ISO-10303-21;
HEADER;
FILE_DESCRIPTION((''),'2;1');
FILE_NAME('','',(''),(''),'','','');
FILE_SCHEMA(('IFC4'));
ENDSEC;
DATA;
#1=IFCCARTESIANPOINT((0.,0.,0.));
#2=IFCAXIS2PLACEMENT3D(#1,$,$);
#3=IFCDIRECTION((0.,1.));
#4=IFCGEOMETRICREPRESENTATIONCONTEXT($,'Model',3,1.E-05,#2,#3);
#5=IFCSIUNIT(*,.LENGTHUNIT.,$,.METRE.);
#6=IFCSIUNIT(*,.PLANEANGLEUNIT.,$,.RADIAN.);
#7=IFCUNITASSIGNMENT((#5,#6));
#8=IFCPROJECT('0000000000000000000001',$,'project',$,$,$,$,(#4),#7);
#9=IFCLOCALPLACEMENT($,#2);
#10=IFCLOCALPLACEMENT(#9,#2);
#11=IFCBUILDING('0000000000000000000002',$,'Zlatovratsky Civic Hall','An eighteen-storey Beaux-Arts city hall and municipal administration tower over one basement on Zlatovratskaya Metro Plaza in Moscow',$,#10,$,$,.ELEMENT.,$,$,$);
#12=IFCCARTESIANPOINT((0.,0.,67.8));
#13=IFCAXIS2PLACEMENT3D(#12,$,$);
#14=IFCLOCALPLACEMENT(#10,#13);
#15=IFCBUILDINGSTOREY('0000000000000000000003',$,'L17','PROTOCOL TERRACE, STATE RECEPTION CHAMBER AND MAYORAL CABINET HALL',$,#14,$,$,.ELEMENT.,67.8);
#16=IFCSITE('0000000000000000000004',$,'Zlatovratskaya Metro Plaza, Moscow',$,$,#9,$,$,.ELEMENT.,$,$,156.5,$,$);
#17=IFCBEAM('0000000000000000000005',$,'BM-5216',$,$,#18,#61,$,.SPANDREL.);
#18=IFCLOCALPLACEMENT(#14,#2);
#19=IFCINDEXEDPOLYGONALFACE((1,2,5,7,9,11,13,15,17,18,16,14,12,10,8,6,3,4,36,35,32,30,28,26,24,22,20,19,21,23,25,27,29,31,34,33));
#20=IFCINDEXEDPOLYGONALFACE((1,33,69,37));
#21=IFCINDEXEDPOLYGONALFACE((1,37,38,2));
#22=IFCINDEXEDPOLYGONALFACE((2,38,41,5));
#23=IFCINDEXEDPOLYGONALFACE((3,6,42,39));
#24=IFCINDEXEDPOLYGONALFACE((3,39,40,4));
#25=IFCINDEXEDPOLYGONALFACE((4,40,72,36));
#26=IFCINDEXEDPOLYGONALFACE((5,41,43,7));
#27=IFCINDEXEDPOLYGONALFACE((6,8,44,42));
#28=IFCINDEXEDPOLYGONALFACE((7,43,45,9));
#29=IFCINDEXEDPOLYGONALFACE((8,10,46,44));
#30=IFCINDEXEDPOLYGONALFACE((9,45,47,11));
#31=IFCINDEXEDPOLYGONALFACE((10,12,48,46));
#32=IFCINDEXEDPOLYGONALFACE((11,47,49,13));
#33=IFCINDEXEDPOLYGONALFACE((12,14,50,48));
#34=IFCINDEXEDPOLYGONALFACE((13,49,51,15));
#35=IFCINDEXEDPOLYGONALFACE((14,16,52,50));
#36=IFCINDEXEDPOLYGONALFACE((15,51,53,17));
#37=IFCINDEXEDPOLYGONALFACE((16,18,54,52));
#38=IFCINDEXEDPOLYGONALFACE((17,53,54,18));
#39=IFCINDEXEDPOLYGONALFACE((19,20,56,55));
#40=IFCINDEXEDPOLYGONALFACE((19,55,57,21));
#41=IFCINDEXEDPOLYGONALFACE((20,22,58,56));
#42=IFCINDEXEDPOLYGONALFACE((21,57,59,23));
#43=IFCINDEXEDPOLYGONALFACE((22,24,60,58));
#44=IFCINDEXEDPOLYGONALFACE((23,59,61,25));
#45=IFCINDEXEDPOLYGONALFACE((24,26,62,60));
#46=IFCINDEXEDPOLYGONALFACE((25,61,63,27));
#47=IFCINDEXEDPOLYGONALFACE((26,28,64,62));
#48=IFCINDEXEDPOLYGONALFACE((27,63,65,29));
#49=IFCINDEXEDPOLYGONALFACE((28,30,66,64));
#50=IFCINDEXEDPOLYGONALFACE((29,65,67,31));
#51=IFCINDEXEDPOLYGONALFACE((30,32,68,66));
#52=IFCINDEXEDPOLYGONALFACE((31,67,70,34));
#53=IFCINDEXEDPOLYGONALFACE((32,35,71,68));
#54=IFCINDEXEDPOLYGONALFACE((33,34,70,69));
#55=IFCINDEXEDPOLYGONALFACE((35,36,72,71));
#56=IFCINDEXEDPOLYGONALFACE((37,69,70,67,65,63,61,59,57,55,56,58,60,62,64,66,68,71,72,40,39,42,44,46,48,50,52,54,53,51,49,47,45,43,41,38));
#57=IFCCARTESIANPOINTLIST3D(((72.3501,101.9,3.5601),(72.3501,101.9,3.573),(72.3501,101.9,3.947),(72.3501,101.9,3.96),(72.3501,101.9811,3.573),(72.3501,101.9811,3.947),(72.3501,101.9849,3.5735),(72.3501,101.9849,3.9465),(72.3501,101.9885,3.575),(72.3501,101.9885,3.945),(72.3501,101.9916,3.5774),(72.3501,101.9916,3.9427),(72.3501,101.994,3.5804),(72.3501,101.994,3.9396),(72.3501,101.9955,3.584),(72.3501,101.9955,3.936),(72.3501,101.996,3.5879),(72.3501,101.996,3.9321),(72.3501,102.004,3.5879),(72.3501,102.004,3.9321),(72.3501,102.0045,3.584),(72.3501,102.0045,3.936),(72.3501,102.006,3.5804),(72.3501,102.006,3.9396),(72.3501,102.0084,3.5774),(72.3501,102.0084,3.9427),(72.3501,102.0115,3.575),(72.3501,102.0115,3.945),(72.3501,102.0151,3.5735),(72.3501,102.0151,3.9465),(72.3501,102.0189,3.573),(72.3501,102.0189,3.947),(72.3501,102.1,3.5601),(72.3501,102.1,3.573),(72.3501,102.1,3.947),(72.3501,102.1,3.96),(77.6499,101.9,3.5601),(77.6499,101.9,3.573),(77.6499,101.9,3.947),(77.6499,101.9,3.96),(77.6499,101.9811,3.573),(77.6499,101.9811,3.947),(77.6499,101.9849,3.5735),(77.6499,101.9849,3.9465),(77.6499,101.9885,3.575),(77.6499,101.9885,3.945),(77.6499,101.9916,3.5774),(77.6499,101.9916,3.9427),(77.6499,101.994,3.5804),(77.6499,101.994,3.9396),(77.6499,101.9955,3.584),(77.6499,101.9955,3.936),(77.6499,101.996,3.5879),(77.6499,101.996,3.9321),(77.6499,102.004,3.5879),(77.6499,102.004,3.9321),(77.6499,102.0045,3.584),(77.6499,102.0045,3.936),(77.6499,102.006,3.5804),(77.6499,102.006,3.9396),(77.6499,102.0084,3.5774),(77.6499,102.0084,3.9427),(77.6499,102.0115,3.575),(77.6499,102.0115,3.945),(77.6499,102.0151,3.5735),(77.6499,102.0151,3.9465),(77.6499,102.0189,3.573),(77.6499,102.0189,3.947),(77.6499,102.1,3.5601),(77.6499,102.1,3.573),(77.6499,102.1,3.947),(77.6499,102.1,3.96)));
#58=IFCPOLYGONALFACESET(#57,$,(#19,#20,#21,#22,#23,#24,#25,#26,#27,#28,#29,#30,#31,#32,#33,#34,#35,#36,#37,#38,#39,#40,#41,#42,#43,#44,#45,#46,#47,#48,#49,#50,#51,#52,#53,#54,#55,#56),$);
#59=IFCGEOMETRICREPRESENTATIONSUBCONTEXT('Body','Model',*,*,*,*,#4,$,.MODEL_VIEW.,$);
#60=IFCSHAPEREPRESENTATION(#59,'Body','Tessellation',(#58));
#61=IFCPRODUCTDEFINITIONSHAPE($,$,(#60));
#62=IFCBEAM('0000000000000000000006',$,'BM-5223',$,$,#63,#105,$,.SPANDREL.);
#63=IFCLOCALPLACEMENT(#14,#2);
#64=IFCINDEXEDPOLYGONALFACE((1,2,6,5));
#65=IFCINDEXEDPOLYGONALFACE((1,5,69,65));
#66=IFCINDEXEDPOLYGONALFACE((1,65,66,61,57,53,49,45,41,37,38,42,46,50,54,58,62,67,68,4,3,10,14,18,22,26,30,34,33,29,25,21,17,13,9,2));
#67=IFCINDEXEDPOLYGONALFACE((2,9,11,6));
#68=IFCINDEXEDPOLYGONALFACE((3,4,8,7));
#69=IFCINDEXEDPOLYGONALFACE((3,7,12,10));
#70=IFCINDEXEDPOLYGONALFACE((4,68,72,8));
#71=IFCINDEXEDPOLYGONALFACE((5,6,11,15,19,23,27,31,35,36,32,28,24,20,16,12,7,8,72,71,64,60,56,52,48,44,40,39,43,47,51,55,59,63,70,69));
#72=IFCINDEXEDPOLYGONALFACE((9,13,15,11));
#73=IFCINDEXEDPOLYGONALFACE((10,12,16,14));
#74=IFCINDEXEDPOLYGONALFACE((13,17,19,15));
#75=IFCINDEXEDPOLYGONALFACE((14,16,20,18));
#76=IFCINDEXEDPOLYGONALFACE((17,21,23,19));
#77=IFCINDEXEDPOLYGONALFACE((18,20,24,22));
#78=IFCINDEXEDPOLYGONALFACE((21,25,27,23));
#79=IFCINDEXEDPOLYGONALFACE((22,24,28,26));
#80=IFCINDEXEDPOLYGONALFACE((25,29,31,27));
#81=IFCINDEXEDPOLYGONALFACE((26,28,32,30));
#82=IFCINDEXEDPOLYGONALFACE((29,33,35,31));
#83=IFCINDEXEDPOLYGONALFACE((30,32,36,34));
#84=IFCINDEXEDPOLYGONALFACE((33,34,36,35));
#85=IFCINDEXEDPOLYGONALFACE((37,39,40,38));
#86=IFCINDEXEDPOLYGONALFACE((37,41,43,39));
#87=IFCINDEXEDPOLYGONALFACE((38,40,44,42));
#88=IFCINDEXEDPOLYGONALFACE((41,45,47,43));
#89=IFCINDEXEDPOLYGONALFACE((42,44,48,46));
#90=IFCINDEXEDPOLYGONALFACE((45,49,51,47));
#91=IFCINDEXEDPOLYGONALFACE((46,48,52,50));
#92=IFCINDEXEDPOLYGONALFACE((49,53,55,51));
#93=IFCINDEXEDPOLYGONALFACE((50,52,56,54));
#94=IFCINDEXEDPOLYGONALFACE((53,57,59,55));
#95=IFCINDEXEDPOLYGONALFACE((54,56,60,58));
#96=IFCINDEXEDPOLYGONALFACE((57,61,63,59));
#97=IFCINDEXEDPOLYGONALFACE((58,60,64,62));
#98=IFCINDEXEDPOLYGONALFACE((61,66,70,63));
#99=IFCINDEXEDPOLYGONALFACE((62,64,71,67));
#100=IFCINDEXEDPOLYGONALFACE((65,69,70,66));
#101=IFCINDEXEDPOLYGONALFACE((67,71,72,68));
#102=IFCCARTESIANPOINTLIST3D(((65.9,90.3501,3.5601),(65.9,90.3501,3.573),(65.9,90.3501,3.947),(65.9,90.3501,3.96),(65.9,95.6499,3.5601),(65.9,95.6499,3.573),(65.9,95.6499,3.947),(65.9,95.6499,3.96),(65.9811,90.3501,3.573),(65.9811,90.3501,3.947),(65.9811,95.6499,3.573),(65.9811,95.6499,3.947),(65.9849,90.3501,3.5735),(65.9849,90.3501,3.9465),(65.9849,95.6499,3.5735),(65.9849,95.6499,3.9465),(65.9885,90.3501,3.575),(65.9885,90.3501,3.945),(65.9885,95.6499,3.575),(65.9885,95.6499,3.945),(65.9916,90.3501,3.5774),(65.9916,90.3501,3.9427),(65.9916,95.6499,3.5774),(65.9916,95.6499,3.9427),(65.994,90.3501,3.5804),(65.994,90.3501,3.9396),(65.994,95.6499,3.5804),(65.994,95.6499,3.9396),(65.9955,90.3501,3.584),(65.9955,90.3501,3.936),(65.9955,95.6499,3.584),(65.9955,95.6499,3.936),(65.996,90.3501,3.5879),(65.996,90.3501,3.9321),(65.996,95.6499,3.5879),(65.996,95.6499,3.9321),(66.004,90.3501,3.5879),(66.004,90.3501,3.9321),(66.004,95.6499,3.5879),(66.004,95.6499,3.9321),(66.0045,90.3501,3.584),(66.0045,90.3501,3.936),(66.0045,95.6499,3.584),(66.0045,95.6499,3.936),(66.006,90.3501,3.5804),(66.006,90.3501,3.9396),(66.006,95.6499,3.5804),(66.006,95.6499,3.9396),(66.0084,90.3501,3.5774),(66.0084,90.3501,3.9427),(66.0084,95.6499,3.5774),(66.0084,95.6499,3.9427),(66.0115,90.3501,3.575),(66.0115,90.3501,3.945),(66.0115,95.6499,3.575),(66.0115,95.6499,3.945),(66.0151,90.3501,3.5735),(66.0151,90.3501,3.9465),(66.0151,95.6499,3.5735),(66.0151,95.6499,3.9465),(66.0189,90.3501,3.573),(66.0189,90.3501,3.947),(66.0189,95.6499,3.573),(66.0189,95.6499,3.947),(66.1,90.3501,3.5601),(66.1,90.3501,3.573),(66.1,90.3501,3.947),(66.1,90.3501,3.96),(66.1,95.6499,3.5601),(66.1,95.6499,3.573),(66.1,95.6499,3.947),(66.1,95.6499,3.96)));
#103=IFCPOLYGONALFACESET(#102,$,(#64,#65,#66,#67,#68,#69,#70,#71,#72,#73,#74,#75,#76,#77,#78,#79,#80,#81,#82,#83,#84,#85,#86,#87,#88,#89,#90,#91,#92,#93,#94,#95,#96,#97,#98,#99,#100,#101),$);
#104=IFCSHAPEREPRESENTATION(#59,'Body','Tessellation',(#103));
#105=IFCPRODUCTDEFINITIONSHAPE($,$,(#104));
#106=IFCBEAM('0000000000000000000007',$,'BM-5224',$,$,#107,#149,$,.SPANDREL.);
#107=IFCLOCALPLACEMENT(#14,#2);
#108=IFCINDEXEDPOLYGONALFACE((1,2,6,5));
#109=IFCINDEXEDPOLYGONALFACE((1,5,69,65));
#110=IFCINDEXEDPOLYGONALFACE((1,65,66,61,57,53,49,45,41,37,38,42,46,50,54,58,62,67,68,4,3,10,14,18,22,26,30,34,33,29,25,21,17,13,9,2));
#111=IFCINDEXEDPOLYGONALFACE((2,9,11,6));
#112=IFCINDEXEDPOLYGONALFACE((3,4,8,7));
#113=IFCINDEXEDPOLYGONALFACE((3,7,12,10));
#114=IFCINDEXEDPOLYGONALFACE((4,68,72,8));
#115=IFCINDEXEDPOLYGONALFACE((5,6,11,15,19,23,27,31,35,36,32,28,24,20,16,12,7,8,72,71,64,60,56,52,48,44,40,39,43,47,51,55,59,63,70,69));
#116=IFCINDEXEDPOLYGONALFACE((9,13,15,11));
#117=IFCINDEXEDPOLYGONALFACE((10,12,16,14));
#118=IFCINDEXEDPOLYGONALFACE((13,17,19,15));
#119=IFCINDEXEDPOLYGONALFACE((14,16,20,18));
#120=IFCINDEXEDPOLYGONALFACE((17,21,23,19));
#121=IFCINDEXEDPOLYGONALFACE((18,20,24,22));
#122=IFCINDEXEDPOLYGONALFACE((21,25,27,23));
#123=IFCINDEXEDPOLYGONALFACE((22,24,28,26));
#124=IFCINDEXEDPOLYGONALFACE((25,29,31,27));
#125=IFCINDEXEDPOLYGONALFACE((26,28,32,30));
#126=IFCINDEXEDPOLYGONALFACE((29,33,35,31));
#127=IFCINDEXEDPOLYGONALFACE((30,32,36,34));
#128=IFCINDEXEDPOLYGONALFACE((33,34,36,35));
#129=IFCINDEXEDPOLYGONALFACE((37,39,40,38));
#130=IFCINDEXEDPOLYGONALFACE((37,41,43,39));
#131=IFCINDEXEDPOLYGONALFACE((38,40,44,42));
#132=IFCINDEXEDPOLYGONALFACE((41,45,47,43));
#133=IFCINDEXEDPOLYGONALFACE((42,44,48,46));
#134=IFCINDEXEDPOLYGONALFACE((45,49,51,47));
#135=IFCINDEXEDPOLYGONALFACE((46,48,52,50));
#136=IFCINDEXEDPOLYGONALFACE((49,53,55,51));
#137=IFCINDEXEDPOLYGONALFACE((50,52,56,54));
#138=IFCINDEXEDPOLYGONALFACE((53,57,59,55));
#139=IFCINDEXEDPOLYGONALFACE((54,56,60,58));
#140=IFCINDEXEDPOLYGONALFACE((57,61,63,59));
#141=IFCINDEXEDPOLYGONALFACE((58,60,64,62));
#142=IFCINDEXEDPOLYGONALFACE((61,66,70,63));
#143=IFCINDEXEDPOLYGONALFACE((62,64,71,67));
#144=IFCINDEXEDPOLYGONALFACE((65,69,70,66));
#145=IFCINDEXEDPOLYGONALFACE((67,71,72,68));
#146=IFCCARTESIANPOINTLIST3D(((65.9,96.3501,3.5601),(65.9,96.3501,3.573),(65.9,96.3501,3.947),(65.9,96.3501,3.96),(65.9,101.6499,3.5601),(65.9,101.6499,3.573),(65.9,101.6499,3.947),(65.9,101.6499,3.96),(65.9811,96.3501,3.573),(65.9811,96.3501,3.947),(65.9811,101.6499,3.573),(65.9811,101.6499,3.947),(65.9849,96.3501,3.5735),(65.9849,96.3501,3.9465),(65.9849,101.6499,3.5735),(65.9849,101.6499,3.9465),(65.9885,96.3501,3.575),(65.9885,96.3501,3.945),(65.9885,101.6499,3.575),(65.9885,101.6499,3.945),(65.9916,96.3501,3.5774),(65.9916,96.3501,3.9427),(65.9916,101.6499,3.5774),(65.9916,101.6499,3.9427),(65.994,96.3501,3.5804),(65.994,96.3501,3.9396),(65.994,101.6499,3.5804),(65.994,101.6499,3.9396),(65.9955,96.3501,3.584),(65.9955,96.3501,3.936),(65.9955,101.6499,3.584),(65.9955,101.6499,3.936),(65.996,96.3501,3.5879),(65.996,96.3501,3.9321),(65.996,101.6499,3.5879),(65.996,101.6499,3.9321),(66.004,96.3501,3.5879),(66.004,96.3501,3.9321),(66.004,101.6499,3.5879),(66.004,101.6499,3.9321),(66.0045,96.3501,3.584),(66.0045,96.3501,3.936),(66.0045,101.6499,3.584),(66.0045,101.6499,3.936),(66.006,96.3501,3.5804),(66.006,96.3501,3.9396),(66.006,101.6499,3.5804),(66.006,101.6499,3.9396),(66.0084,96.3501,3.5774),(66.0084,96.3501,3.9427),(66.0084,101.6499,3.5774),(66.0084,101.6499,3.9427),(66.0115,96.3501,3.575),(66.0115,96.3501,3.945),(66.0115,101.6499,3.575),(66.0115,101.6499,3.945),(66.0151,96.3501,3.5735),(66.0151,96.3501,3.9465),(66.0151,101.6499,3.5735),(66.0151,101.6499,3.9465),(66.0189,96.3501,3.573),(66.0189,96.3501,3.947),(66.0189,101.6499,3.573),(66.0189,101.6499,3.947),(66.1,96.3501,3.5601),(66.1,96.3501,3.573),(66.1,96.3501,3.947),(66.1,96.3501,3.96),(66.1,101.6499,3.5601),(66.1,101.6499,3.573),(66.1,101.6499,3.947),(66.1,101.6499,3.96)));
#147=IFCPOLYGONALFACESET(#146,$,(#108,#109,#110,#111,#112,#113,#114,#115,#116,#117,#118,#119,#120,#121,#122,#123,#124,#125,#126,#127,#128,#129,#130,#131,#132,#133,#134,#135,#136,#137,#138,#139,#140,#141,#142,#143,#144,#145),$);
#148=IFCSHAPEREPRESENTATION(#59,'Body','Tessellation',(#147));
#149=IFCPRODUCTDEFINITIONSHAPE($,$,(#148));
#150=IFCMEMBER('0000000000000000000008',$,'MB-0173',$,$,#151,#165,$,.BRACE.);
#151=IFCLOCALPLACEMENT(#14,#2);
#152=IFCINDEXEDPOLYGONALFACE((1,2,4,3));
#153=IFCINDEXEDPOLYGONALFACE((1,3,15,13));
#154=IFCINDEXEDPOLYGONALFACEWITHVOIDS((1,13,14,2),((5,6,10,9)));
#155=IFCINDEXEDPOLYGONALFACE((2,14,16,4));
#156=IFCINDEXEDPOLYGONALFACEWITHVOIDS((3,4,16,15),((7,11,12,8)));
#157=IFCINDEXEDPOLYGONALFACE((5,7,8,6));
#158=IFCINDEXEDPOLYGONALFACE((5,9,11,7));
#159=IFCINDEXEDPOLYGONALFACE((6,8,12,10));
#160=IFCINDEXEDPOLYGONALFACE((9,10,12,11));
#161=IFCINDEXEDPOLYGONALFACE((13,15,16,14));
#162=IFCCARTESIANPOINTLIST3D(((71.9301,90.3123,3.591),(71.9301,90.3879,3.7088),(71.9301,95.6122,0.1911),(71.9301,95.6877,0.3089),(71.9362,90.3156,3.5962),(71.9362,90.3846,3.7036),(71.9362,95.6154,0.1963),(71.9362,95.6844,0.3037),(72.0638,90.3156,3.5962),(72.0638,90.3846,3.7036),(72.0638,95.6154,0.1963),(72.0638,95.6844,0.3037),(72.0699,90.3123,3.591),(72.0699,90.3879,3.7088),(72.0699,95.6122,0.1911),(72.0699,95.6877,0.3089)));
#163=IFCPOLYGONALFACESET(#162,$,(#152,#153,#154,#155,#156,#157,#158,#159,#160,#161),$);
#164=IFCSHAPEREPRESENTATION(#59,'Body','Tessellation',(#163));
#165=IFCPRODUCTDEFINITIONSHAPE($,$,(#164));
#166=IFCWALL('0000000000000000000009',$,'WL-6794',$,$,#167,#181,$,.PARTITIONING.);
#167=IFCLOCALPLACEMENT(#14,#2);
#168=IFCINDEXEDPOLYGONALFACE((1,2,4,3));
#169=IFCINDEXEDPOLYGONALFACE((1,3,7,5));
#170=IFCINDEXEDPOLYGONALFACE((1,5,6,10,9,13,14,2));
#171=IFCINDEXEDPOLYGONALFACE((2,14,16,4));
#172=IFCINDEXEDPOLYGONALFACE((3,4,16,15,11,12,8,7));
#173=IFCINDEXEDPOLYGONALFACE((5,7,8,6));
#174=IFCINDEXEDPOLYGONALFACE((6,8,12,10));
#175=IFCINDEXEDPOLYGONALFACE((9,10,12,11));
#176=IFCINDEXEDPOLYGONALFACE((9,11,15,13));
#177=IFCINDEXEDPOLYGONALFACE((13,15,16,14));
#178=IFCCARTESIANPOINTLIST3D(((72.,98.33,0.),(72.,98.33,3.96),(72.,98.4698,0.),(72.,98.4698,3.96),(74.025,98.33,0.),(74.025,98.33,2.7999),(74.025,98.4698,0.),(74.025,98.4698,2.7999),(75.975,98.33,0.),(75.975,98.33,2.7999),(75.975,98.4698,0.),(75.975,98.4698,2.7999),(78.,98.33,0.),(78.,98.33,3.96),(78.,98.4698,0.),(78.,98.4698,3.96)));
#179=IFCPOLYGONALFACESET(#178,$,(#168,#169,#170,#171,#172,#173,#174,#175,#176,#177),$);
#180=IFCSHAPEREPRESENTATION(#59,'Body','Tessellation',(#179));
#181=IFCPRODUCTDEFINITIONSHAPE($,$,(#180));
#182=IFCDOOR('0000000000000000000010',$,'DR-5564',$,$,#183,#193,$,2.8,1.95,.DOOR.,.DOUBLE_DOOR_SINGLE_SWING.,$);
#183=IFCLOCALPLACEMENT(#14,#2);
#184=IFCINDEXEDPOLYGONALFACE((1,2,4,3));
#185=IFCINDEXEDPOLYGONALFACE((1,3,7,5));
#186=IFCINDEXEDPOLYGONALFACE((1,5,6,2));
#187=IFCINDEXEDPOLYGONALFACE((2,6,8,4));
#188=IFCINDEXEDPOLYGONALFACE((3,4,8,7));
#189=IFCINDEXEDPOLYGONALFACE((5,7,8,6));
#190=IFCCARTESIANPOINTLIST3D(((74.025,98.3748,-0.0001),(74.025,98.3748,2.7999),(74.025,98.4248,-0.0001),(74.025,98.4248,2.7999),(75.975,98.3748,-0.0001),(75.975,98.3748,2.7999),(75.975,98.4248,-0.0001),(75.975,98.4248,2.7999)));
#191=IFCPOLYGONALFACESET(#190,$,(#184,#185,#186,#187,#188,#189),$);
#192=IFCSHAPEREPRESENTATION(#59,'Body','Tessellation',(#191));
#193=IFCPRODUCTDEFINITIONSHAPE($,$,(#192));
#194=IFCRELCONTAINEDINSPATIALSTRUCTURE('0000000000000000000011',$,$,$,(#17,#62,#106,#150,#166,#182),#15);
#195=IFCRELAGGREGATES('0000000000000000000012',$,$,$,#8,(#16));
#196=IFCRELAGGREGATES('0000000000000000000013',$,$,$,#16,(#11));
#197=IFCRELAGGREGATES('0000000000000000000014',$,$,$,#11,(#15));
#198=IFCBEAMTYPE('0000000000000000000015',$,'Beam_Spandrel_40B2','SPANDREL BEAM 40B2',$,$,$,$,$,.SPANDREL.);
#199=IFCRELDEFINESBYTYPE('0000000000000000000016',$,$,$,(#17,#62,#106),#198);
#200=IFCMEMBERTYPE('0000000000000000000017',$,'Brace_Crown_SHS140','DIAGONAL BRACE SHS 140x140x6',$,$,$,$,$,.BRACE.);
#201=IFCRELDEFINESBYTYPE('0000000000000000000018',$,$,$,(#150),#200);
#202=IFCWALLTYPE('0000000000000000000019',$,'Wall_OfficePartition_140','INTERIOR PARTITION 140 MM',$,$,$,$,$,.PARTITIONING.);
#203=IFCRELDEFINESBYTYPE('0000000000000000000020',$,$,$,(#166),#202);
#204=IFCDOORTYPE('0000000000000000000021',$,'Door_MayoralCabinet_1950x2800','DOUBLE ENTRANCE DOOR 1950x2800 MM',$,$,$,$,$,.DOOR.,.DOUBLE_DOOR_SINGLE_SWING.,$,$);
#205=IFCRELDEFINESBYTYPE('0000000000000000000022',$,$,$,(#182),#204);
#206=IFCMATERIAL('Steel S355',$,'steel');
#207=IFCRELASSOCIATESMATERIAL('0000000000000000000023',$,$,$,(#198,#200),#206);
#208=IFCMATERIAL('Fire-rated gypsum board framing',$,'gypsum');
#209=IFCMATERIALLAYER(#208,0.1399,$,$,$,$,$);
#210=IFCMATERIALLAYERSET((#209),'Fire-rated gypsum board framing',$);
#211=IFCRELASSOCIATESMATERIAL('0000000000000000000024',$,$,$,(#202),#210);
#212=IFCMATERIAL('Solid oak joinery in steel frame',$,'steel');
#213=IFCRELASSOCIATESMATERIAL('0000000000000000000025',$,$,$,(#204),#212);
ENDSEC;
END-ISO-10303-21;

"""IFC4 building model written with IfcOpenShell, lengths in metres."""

from ifc_helpers import new_model, si_unit, direction, frame, frame_2d, origin, origin_2d, place, context, subcontext, project, spatial, rectangle, hollow_rectangle, i_section, extrude, material, layer, layer_set, material_profile, profile_set, type_object, element, fill, save


model = new_model("IFC4")

# Units and contexts
model_context = context("Model", 3, precision=1e-05, world=origin(), true_north=direction((0.0, 1.0)))
body_context = subcontext(model_context, "Body", "Model", "MODEL_VIEW")
ifc_project = project(units=[si_unit("LENGTHUNIT", "METRE"), si_unit("PLANEANGLEUNIT", "RADIAN")], contexts=[model_context])

# Site, building, storey
site_placement = place(None, origin())
site = spatial("IfcSite", under=ifc_project, at=site_placement, Name="Zlatovratskaya Metro Plaza, Moscow", CompositionType="ELEMENT", RefElevation=156.5)
building_placement = place(site_placement, origin())
building = spatial("IfcBuilding", under=site, at=building_placement, Name="Zlatovratsky Civic Hall", Description="An eighteen-storey Beaux-Arts city hall and municipal administration tower over one basement on Zlatovratskaya Metro Plaza in Moscow", CompositionType="ELEMENT")
storey_placement = place(building_placement, frame((0.0, 0.0, 67.8)))
storey = spatial("IfcBuildingStorey", under=building, at=storey_placement, Name="L17", Description="PROTOCOL TERRACE, STATE RECEPTION CHAMBER AND MAYORAL CABINET HALL", CompositionType="ELEMENT", Elevation=67.8)

# Beams
ifc_material_1 = material(Name="Steel S355", Category="steel")
ifc_material_profile_1 = material_profile(ifc_material_1, i_section(OverallWidth=0.2, OverallDepth=0.3999, WebThickness=0.0081, FlangeThickness=0.0129, FilletRadius=0.0149, at=origin_2d()), Name="40B2")
ifc_profile_set_1 = profile_set([ifc_material_profile_1], Name="Steel S355")
beam_type_1 = type_object("IfcBeamType", Name="Beam_Spandrel_40B2", Description="SPANDREL BEAM 40B2", PredefinedType="SPANDREL", material=ifc_profile_set_1)
for number, where, z_axis, x_axis, name in (
    (1, (72.3501, 102.0, 3.76), (1.0, 0.0, 0.0), (0.0, 1.0, 0.0), "BM-5216"),
    (2, (66.0, 90.3501, 3.76), (0.0, 1.0, 0.0), (-1.0, 0.0, 0.0), "BM-5223"),
    (3, (66.0, 96.3501, 3.76), (0.0, 1.0, 0.0), (-1.0, 0.0, 0.0), "BM-5224"),
):
    element("IfcBeam", number, at=place(storey_placement, frame(where, z_axis=z_axis, x_axis=x_axis)), inside=storey, type_object=beam_type_1, Name=name, PredefinedType="SPANDREL", context=body_context, shape_type="SweptSolid", body=[
        extrude(i_section(OverallWidth=0.2, OverallDepth=0.3999, WebThickness=0.0081, FlangeThickness=0.0129, FilletRadius=0.0149, at=origin_2d()), origin(), (0.0, 0.0, 1.0), 5.2998),
    ])

# Member
ifc_material_profile_2 = material_profile(ifc_material_1, hollow_rectangle(XDim=0.1399, YDim=0.1399, WallThickness=0.0061, at=origin_2d()), Name="SHS 140x140x6")
ifc_profile_set_2 = profile_set([ifc_material_profile_2], Name="Steel S355")
member_type = type_object("IfcMemberType", Name="Brace_Crown_SHS140", Description="DIAGONAL BRACE SHS 140x140x6", PredefinedType="BRACE", material=ifc_profile_set_2)
member_placement = place(storey_placement, frame((72.0, 90.3501, 3.6499), z_axis=(0.0, 0.841692, -0.539958), x_axis=(-1.0, 0.0, 0.0)))
element("IfcMember", 4, at=member_placement, inside=storey, type_object=member_type, Name="MB-0173", PredefinedType="BRACE", context=body_context, shape_type="SweptSolid", body=[
    extrude(hollow_rectangle(XDim=0.1399, YDim=0.1399, WallThickness=0.0061, at=origin_2d()), origin(), (0.0, 0.0, 1.0), 6.2966),
])

# Wall, opening, door
ifc_material_2 = material(Name="Fire-rated gypsum board framing", Category="gypsum")
ifc_layer_1 = layer(ifc_material_2, 0.1399)
ifc_layer_set_1 = layer_set([ifc_layer_1], Name="Fire-rated gypsum board framing")
wall_type_1 = type_object("IfcWallType", Name="Wall_OfficePartition_140", Description="INTERIOR PARTITION 140 MM", PredefinedType="PARTITIONING", material=ifc_layer_set_1)
wall_1_placement = place(storey_placement, frame((72.0, 98.3999, 0.0), z_axis=(0.0, 0.0, 1.0), x_axis=(1.0, 0.0, 0.0)))
wall_1 = element("IfcWall", 5, at=wall_1_placement, inside=storey, type_object=wall_type_1, Name="WL-6794", PredefinedType="PARTITIONING", context=body_context, shape_type="SweptSolid", body=[
    extrude(rectangle(XDim=6.0, YDim=0.1399, at=frame_2d((3.0, 0.0))), origin(), (0.0, 0.0, 1.0), 3.96),
])
opening_placement = place(wall_1_placement, frame((2.0249, 0.0, 0.0)))
opening = element("IfcOpeningElement", 6, at=opening_placement, cuts=wall_1, PredefinedType="OPENING", context=body_context, shape_type="SweptSolid", body=[
    extrude(rectangle(XDim=1.95, YDim=2.8, at=frame_2d((0.9751, 1.3999))), frame((0.0, 0.085, 0.0), z_axis=(0.0, -1.0, 0.0), x_axis=(1.0, 0.0, 0.0)), (0.0, 0.0, 1.0), 0.1697),
])
ifc_material_3 = material(Name="Solid oak joinery in steel frame", Category="steel")
door_type = type_object("IfcDoorType", Name="Door_MayoralCabinet_1950x2800", Description="DOUBLE ENTRANCE DOOR 1950x2800 MM", OperationType="DOUBLE_DOOR_SINGLE_SWING", PredefinedType="DOOR", material=ifc_material_3)
door_placement = place(opening_placement, origin())
door = element("IfcDoor", 7, at=door_placement, inside=storey, type_object=door_type, Name="DR-5564", OperationType="DOUBLE_DOOR_SINGLE_SWING", OverallHeight=2.8, OverallWidth=1.95, PredefinedType="DOOR", context=body_context, shape_type="SweptSolid", body=[
    extrude(rectangle(XDim=1.95, YDim=2.8, at=frame_2d((0.9751, 1.3999))), frame((0.0, 0.0249, 0.0), z_axis=(0.0, -1.0, 0.0), x_axis=(1.0, 0.0, 0.0)), (0.0, 0.0, 1.0), 0.05),
])
fill(opening, door)

save(model, "model.ifc")
